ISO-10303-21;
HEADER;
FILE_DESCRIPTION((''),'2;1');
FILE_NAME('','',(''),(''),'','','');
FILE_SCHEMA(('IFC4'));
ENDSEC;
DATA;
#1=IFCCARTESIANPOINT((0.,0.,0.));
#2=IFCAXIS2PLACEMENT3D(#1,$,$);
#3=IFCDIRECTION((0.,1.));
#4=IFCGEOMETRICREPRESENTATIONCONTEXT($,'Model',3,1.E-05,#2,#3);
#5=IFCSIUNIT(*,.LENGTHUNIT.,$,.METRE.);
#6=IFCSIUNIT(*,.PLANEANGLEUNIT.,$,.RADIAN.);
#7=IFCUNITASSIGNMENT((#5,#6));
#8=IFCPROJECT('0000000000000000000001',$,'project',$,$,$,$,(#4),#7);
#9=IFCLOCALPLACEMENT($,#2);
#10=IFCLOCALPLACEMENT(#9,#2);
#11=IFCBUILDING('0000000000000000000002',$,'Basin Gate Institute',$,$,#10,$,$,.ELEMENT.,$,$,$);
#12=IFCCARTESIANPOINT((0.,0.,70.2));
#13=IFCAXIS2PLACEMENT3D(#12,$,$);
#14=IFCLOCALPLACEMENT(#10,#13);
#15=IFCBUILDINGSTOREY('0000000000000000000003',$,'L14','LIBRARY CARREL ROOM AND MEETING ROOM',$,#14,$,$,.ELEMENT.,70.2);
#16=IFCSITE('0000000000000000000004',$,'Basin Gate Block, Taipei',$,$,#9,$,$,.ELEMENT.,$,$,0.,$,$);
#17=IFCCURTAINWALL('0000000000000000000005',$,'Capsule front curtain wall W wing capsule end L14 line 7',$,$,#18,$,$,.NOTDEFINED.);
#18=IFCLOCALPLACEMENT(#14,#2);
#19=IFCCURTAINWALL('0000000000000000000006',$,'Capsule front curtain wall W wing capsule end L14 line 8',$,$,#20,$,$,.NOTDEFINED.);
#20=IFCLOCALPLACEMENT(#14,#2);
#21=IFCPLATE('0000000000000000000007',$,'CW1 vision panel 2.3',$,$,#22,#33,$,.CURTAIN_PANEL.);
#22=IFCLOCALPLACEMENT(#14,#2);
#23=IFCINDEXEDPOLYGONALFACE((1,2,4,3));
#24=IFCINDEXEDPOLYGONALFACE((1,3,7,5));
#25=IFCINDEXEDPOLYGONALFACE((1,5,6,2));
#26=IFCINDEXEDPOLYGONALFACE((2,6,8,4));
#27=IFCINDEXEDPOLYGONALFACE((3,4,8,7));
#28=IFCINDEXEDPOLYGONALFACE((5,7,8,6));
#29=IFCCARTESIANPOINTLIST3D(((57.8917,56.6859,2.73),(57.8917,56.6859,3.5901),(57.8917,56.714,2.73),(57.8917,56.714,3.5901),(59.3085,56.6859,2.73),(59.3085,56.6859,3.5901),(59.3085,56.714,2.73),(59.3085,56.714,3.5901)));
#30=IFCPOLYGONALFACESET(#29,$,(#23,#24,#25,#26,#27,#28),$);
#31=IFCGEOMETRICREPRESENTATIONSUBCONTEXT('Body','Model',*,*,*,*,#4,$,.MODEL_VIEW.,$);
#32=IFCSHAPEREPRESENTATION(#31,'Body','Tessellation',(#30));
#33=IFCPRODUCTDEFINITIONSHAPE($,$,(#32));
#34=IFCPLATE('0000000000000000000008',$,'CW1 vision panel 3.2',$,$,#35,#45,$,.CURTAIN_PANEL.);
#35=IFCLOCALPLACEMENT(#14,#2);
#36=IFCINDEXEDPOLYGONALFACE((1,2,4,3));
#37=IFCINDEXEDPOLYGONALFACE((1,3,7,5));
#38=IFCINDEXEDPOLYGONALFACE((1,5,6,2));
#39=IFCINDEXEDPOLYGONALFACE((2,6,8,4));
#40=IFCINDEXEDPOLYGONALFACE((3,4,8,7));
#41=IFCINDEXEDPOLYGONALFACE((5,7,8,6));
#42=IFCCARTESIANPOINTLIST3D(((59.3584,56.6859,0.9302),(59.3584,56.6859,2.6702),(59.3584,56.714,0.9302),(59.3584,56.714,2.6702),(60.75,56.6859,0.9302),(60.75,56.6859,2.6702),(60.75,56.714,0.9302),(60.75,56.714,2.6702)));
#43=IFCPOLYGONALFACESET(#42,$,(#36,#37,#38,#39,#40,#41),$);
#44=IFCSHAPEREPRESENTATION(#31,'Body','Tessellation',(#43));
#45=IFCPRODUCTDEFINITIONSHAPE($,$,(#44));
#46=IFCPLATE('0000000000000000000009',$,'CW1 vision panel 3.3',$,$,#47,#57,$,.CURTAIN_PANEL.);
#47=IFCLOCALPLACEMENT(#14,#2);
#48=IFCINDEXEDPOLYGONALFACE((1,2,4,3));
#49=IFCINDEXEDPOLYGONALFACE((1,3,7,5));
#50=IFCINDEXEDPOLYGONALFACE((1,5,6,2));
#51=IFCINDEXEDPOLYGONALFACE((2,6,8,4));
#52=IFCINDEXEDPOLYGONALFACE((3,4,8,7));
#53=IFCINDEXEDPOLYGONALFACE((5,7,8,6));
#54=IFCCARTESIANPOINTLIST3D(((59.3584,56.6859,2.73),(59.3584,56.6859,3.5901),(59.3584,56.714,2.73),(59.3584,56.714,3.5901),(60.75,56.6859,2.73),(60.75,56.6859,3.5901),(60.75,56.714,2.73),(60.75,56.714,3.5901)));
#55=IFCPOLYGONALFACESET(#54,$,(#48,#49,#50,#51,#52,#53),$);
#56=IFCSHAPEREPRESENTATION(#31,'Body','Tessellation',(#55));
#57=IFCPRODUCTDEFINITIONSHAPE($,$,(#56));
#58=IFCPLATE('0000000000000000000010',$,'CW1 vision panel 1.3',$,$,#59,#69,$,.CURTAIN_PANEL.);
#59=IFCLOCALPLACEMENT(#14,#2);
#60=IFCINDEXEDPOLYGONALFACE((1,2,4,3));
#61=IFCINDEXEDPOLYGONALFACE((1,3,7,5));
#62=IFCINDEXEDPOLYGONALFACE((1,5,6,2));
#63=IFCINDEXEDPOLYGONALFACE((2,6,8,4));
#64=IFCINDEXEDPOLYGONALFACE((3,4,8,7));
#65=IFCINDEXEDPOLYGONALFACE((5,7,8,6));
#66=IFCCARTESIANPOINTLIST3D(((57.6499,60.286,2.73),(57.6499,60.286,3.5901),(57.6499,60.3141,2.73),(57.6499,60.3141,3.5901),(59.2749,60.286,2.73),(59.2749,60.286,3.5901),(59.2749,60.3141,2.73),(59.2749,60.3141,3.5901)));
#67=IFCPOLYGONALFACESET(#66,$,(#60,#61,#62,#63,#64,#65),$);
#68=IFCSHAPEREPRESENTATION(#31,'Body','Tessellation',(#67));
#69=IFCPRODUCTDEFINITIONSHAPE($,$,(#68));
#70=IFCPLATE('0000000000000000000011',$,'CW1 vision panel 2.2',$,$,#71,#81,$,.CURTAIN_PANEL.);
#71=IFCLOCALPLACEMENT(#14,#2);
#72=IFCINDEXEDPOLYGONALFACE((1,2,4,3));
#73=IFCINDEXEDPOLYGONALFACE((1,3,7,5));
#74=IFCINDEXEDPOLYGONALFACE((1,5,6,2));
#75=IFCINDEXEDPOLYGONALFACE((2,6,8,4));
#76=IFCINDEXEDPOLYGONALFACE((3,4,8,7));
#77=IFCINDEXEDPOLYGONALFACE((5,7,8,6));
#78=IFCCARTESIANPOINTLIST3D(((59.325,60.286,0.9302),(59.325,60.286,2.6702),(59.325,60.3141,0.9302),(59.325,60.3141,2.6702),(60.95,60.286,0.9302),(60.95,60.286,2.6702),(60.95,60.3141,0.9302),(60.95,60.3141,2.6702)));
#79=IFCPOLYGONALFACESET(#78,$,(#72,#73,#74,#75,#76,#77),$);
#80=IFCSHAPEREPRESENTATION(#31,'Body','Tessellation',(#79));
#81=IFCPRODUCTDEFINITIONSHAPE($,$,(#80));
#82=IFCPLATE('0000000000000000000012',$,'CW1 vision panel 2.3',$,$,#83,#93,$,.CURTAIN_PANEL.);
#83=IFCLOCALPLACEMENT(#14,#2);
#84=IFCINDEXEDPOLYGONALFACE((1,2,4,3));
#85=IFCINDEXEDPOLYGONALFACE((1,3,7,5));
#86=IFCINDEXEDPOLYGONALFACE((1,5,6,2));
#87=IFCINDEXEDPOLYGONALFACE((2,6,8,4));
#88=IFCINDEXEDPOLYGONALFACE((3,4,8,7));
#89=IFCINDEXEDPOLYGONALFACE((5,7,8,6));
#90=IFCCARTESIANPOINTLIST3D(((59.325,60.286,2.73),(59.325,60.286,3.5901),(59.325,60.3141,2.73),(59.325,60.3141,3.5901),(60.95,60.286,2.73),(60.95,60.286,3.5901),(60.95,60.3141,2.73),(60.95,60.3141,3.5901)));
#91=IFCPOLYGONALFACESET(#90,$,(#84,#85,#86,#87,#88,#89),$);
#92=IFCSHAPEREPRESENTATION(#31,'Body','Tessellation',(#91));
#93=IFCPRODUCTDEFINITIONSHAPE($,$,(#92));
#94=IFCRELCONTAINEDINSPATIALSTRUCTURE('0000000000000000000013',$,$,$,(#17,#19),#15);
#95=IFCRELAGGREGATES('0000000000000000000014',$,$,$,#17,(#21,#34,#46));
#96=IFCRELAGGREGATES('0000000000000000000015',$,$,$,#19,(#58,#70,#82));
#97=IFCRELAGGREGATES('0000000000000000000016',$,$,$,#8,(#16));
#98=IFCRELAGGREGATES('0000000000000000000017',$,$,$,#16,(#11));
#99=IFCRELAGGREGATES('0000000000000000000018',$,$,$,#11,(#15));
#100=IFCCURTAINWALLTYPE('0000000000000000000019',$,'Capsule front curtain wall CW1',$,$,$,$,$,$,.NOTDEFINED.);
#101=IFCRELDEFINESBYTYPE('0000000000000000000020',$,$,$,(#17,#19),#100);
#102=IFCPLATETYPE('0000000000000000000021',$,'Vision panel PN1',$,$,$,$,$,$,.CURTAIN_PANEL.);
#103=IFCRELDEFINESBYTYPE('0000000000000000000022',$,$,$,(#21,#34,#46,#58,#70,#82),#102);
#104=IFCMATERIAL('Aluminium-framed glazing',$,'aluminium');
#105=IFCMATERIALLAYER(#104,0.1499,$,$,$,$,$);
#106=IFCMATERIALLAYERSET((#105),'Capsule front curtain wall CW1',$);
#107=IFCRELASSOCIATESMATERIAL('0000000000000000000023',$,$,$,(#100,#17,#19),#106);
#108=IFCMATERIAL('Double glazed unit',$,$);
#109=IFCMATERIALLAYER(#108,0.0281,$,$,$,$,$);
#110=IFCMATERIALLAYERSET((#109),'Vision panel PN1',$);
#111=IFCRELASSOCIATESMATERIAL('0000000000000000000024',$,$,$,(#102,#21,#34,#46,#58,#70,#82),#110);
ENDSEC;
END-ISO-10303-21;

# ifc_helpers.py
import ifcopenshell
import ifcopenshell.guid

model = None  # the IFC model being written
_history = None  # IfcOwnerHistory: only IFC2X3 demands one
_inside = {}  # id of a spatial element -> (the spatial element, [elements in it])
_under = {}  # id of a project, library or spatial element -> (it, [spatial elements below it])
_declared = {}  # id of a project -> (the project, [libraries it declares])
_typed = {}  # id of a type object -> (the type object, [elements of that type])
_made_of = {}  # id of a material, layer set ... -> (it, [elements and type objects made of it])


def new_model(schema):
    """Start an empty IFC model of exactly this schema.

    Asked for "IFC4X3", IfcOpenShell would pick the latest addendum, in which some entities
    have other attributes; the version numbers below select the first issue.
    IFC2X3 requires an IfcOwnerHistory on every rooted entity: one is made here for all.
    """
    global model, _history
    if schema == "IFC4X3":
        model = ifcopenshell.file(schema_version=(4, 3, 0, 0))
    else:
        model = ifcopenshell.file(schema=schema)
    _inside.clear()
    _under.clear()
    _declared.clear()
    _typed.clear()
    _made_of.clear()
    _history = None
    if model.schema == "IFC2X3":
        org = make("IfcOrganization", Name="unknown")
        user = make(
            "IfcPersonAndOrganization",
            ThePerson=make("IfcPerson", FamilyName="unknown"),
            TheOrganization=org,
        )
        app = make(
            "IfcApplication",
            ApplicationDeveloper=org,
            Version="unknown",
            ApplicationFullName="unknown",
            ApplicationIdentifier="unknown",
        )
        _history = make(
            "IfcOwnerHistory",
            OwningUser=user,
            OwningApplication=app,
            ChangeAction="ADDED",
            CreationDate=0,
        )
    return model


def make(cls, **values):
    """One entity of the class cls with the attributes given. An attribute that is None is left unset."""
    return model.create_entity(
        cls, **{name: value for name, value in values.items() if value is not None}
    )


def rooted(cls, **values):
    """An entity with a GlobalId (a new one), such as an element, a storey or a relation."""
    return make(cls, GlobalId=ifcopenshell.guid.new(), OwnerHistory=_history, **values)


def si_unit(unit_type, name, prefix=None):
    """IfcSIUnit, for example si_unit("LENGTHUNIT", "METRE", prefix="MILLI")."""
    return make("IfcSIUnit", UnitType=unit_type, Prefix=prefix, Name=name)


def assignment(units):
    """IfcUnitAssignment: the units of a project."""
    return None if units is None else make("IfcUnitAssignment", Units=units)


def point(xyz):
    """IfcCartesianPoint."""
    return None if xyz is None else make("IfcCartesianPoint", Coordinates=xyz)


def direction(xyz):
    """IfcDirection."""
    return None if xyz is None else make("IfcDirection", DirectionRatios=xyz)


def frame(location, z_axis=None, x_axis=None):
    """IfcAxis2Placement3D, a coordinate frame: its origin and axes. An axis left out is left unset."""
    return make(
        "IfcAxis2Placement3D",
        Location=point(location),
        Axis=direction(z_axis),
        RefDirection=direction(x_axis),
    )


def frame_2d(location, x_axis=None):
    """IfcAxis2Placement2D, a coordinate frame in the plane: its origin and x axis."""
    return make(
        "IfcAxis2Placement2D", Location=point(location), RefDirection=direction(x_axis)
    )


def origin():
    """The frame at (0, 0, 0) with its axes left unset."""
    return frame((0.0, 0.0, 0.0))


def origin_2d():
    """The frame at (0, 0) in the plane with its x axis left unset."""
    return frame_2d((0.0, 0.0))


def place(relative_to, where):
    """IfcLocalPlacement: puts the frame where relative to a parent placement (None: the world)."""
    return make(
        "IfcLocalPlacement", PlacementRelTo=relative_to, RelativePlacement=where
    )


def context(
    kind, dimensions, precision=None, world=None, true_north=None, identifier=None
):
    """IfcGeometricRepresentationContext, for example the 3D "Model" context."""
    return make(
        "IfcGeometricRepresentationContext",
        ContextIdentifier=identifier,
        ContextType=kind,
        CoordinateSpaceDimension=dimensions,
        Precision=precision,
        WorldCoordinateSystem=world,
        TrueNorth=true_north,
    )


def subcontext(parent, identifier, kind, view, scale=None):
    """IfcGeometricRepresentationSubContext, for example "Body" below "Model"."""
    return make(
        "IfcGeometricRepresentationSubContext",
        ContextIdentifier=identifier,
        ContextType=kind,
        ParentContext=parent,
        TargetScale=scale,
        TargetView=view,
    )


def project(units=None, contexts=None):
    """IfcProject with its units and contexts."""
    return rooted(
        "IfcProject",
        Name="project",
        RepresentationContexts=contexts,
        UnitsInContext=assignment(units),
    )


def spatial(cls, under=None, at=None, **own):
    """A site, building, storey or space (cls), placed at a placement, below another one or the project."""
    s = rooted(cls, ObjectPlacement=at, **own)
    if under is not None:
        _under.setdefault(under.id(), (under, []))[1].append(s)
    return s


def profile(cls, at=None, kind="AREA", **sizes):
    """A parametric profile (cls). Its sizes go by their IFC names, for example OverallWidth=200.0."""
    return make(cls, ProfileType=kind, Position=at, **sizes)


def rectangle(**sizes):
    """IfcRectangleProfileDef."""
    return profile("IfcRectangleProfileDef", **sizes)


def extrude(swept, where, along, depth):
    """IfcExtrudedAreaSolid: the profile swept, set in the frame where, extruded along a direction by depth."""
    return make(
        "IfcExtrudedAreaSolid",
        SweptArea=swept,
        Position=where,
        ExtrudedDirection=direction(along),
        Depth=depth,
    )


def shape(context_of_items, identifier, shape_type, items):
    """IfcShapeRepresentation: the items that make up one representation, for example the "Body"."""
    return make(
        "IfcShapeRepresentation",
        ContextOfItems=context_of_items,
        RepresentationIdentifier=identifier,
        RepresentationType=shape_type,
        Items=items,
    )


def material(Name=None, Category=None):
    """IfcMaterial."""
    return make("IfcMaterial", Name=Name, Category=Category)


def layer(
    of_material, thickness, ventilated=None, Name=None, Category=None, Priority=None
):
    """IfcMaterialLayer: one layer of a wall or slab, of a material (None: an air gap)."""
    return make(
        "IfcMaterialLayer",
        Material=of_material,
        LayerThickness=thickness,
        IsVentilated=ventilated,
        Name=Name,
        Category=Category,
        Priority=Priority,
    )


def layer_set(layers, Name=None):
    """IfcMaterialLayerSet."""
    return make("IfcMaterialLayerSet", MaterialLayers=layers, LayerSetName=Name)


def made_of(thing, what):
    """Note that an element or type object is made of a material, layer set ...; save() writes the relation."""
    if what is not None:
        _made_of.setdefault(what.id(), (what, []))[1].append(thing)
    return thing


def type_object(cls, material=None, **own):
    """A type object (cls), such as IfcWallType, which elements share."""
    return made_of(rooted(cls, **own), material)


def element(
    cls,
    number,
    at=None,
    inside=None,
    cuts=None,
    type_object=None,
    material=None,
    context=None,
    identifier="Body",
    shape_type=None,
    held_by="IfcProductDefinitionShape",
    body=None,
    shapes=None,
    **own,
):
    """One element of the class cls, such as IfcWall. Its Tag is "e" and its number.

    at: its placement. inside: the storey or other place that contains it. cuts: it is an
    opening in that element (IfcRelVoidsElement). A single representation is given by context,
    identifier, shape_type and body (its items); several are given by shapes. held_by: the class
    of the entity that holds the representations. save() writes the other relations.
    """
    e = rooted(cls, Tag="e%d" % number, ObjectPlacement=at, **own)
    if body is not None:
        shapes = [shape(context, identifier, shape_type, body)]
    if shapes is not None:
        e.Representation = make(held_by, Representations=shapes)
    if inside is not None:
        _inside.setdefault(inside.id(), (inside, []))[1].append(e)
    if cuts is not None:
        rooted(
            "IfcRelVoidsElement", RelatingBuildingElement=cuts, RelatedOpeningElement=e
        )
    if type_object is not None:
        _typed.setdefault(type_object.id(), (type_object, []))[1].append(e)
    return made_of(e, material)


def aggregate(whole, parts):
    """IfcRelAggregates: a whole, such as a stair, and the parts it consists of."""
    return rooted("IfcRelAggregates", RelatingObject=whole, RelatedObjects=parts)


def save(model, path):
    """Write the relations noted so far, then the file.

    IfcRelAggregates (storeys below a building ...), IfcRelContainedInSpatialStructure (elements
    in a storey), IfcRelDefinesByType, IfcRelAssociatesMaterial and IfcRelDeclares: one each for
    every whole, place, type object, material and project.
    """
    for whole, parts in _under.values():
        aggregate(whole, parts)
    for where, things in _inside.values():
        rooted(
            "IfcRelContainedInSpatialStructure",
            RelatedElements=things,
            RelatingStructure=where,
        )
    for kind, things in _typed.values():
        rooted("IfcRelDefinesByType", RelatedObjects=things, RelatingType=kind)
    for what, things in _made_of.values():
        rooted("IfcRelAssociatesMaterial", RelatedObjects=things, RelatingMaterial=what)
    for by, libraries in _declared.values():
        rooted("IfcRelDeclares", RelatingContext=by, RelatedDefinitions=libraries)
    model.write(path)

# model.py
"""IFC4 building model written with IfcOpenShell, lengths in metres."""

from ifc_helpers import new_model, si_unit, direction, frame, origin, origin_2d, place, context, subcontext, project, spatial, rectangle, extrude, material, layer, layer_set, type_object, element, aggregate, save


model = new_model("IFC4")

# Units and contexts
model_context = context("Model", 3, precision=1e-05, world=origin(), true_north=direction((0.0, 1.0)))
body_context = subcontext(model_context, "Body", "Model", "MODEL_VIEW")
ifc_project = project(units=[si_unit("LENGTHUNIT", "METRE"), si_unit("PLANEANGLEUNIT", "RADIAN")], contexts=[model_context])

# Site, building, storey
site_placement = place(None, origin())
site = spatial("IfcSite", under=ifc_project, at=site_placement, Name="Basin Gate Block, Taipei", CompositionType="ELEMENT", RefElevation=0.0)
building_placement = place(site_placement, origin())
building = spatial("IfcBuilding", under=site, at=building_placement, Name="Basin Gate Institute", CompositionType="ELEMENT")
storey_placement = place(building_placement, frame((0.0, 0.0, 70.2)))
storey = spatial("IfcBuildingStorey", under=building, at=storey_placement, Name="L14", Description="LIBRARY CARREL ROOM AND MEETING ROOM", CompositionType="ELEMENT", Elevation=70.2)

# Curtain walls
ifc_material_1 = material(Name="Aluminium-framed glazing", Category="aluminium")
ifc_layer_1 = layer(ifc_material_1, 0.1499)
ifc_layer_set_1 = layer_set([ifc_layer_1], Name="Capsule front curtain wall CW1")
curtain_wall_type = type_object("IfcCurtainWallType", Name="Capsule front curtain wall CW1", PredefinedType="NOTDEFINED", material=ifc_layer_set_1)
curtain_wall_1_placement = place(storey_placement, origin())
curtain_wall_1 = element("IfcCurtainWall", 1, at=curtain_wall_1_placement, inside=storey, type_object=curtain_wall_type, material=ifc_layer_set_1, Name="Capsule front curtain wall W wing capsule end L14 line 7", PredefinedType="NOTDEFINED")
curtain_wall_2_placement = place(storey_placement, origin())
curtain_wall_2 = element("IfcCurtainWall", 2, at=curtain_wall_2_placement, inside=storey, type_object=curtain_wall_type, material=ifc_layer_set_1, Name="Capsule front curtain wall W wing capsule end L14 line 8", PredefinedType="NOTDEFINED")

# Plates
ifc_material_2 = material(Name="Double glazed unit")
ifc_layer_2 = layer(ifc_material_2, 0.0281)
ifc_layer_set_2 = layer_set([ifc_layer_2], Name="Vision panel PN1")
plate_type_1 = type_object("IfcPlateType", Name="Vision panel PN1", PredefinedType="CURTAIN_PANEL", material=ifc_layer_set_2)
plate_1_placement = place(storey_placement, frame((58.6001, 56.7, 2.73), z_axis=(0.0, 0.0, 1.0), x_axis=(1.0, 0.0, 0.0)))
plate_1 = element("IfcPlate", 3, at=plate_1_placement, type_object=plate_type_1, material=ifc_layer_set_2, Name="CW1 vision panel 2.3", PredefinedType="CURTAIN_PANEL", context=body_context, shape_type="SweptSolid", body=[
    extrude(rectangle(XDim=1.4167, YDim=0.0281, at=origin_2d()), origin(), (0.0, 0.0, 1.0), 0.8601),
])
plate_2_placement = place(storey_placement, frame((60.0542, 56.7, 0.9302), z_axis=(0.0, 0.0, 1.0), x_axis=(1.0, 0.0, 0.0)))
plate_2 = element("IfcPlate", 4, at=plate_2_placement, type_object=plate_type_1, material=ifc_layer_set_2, Name="CW1 vision panel 3.2", PredefinedType="CURTAIN_PANEL", context=body_context, shape_type="SweptSolid", body=[
    extrude(rectangle(XDim=1.3916, YDim=0.0281, at=origin_2d()), origin(), (0.0, 0.0, 1.0), 1.74),
])
plate_3_placement = place(storey_placement, frame((60.0542, 56.7, 2.73), z_axis=(0.0, 0.0, 1.0), x_axis=(1.0, 0.0, 0.0)))
plate_3 = element("IfcPlate", 5, at=plate_3_placement, type_object=plate_type_1, material=ifc_layer_set_2, Name="CW1 vision panel 3.3", PredefinedType="CURTAIN_PANEL", context=body_context, shape_type="SweptSolid", body=[
    extrude(rectangle(XDim=1.3916, YDim=0.0281, at=origin_2d()), origin(), (0.0, 0.0, 1.0), 0.8601),
])
aggregate(curtain_wall_1, [plate_1, plate_2, plate_3])
plate_4_placement = place(storey_placement, frame((58.4624, 60.3, 2.73), z_axis=(0.0, 0.0, 1.0), x_axis=(1.0, 0.0, 0.0)))
plate_4 = element("IfcPlate", 6, at=plate_4_placement, type_object=plate_type_1, material=ifc_layer_set_2, Name="CW1 vision panel 1.3", PredefinedType="CURTAIN_PANEL", context=body_context, shape_type="SweptSolid", body=[
    extrude(rectangle(XDim=1.625, YDim=0.0281, at=origin_2d()), origin(), (0.0, 0.0, 1.0), 0.8601),
])
plate_5_placement = place(storey_placement, frame((60.1375, 60.3, 0.9302), z_axis=(0.0, 0.0, 1.0), x_axis=(1.0, 0.0, 0.0)))
plate_5 = element("IfcPlate", 7, at=plate_5_placement, type_object=plate_type_1, material=ifc_layer_set_2, Name="CW1 vision panel 2.2", PredefinedType="CURTAIN_PANEL", context=body_context, shape_type="SweptSolid", body=[
    extrude(rectangle(XDim=1.625, YDim=0.0281, at=origin_2d()), origin(), (0.0, 0.0, 1.0), 1.74),
])
plate_6_placement = place(storey_placement, frame((60.1375, 60.3, 2.73), z_axis=(0.0, 0.0, 1.0), x_axis=(1.0, 0.0, 0.0)))
plate_6 = element("IfcPlate", 8, at=plate_6_placement, type_object=plate_type_1, material=ifc_layer_set_2, Name="CW1 vision panel 2.3", PredefinedType="CURTAIN_PANEL", context=body_context, shape_type="SweptSolid", body=[
    extrude(rectangle(XDim=1.625, YDim=0.0281, at=origin_2d()), origin(), (0.0, 0.0, 1.0), 0.8601),
])
aggregate(curtain_wall_2, [plate_4, plate_5, plate_6])

save(model, "model.ifc")
